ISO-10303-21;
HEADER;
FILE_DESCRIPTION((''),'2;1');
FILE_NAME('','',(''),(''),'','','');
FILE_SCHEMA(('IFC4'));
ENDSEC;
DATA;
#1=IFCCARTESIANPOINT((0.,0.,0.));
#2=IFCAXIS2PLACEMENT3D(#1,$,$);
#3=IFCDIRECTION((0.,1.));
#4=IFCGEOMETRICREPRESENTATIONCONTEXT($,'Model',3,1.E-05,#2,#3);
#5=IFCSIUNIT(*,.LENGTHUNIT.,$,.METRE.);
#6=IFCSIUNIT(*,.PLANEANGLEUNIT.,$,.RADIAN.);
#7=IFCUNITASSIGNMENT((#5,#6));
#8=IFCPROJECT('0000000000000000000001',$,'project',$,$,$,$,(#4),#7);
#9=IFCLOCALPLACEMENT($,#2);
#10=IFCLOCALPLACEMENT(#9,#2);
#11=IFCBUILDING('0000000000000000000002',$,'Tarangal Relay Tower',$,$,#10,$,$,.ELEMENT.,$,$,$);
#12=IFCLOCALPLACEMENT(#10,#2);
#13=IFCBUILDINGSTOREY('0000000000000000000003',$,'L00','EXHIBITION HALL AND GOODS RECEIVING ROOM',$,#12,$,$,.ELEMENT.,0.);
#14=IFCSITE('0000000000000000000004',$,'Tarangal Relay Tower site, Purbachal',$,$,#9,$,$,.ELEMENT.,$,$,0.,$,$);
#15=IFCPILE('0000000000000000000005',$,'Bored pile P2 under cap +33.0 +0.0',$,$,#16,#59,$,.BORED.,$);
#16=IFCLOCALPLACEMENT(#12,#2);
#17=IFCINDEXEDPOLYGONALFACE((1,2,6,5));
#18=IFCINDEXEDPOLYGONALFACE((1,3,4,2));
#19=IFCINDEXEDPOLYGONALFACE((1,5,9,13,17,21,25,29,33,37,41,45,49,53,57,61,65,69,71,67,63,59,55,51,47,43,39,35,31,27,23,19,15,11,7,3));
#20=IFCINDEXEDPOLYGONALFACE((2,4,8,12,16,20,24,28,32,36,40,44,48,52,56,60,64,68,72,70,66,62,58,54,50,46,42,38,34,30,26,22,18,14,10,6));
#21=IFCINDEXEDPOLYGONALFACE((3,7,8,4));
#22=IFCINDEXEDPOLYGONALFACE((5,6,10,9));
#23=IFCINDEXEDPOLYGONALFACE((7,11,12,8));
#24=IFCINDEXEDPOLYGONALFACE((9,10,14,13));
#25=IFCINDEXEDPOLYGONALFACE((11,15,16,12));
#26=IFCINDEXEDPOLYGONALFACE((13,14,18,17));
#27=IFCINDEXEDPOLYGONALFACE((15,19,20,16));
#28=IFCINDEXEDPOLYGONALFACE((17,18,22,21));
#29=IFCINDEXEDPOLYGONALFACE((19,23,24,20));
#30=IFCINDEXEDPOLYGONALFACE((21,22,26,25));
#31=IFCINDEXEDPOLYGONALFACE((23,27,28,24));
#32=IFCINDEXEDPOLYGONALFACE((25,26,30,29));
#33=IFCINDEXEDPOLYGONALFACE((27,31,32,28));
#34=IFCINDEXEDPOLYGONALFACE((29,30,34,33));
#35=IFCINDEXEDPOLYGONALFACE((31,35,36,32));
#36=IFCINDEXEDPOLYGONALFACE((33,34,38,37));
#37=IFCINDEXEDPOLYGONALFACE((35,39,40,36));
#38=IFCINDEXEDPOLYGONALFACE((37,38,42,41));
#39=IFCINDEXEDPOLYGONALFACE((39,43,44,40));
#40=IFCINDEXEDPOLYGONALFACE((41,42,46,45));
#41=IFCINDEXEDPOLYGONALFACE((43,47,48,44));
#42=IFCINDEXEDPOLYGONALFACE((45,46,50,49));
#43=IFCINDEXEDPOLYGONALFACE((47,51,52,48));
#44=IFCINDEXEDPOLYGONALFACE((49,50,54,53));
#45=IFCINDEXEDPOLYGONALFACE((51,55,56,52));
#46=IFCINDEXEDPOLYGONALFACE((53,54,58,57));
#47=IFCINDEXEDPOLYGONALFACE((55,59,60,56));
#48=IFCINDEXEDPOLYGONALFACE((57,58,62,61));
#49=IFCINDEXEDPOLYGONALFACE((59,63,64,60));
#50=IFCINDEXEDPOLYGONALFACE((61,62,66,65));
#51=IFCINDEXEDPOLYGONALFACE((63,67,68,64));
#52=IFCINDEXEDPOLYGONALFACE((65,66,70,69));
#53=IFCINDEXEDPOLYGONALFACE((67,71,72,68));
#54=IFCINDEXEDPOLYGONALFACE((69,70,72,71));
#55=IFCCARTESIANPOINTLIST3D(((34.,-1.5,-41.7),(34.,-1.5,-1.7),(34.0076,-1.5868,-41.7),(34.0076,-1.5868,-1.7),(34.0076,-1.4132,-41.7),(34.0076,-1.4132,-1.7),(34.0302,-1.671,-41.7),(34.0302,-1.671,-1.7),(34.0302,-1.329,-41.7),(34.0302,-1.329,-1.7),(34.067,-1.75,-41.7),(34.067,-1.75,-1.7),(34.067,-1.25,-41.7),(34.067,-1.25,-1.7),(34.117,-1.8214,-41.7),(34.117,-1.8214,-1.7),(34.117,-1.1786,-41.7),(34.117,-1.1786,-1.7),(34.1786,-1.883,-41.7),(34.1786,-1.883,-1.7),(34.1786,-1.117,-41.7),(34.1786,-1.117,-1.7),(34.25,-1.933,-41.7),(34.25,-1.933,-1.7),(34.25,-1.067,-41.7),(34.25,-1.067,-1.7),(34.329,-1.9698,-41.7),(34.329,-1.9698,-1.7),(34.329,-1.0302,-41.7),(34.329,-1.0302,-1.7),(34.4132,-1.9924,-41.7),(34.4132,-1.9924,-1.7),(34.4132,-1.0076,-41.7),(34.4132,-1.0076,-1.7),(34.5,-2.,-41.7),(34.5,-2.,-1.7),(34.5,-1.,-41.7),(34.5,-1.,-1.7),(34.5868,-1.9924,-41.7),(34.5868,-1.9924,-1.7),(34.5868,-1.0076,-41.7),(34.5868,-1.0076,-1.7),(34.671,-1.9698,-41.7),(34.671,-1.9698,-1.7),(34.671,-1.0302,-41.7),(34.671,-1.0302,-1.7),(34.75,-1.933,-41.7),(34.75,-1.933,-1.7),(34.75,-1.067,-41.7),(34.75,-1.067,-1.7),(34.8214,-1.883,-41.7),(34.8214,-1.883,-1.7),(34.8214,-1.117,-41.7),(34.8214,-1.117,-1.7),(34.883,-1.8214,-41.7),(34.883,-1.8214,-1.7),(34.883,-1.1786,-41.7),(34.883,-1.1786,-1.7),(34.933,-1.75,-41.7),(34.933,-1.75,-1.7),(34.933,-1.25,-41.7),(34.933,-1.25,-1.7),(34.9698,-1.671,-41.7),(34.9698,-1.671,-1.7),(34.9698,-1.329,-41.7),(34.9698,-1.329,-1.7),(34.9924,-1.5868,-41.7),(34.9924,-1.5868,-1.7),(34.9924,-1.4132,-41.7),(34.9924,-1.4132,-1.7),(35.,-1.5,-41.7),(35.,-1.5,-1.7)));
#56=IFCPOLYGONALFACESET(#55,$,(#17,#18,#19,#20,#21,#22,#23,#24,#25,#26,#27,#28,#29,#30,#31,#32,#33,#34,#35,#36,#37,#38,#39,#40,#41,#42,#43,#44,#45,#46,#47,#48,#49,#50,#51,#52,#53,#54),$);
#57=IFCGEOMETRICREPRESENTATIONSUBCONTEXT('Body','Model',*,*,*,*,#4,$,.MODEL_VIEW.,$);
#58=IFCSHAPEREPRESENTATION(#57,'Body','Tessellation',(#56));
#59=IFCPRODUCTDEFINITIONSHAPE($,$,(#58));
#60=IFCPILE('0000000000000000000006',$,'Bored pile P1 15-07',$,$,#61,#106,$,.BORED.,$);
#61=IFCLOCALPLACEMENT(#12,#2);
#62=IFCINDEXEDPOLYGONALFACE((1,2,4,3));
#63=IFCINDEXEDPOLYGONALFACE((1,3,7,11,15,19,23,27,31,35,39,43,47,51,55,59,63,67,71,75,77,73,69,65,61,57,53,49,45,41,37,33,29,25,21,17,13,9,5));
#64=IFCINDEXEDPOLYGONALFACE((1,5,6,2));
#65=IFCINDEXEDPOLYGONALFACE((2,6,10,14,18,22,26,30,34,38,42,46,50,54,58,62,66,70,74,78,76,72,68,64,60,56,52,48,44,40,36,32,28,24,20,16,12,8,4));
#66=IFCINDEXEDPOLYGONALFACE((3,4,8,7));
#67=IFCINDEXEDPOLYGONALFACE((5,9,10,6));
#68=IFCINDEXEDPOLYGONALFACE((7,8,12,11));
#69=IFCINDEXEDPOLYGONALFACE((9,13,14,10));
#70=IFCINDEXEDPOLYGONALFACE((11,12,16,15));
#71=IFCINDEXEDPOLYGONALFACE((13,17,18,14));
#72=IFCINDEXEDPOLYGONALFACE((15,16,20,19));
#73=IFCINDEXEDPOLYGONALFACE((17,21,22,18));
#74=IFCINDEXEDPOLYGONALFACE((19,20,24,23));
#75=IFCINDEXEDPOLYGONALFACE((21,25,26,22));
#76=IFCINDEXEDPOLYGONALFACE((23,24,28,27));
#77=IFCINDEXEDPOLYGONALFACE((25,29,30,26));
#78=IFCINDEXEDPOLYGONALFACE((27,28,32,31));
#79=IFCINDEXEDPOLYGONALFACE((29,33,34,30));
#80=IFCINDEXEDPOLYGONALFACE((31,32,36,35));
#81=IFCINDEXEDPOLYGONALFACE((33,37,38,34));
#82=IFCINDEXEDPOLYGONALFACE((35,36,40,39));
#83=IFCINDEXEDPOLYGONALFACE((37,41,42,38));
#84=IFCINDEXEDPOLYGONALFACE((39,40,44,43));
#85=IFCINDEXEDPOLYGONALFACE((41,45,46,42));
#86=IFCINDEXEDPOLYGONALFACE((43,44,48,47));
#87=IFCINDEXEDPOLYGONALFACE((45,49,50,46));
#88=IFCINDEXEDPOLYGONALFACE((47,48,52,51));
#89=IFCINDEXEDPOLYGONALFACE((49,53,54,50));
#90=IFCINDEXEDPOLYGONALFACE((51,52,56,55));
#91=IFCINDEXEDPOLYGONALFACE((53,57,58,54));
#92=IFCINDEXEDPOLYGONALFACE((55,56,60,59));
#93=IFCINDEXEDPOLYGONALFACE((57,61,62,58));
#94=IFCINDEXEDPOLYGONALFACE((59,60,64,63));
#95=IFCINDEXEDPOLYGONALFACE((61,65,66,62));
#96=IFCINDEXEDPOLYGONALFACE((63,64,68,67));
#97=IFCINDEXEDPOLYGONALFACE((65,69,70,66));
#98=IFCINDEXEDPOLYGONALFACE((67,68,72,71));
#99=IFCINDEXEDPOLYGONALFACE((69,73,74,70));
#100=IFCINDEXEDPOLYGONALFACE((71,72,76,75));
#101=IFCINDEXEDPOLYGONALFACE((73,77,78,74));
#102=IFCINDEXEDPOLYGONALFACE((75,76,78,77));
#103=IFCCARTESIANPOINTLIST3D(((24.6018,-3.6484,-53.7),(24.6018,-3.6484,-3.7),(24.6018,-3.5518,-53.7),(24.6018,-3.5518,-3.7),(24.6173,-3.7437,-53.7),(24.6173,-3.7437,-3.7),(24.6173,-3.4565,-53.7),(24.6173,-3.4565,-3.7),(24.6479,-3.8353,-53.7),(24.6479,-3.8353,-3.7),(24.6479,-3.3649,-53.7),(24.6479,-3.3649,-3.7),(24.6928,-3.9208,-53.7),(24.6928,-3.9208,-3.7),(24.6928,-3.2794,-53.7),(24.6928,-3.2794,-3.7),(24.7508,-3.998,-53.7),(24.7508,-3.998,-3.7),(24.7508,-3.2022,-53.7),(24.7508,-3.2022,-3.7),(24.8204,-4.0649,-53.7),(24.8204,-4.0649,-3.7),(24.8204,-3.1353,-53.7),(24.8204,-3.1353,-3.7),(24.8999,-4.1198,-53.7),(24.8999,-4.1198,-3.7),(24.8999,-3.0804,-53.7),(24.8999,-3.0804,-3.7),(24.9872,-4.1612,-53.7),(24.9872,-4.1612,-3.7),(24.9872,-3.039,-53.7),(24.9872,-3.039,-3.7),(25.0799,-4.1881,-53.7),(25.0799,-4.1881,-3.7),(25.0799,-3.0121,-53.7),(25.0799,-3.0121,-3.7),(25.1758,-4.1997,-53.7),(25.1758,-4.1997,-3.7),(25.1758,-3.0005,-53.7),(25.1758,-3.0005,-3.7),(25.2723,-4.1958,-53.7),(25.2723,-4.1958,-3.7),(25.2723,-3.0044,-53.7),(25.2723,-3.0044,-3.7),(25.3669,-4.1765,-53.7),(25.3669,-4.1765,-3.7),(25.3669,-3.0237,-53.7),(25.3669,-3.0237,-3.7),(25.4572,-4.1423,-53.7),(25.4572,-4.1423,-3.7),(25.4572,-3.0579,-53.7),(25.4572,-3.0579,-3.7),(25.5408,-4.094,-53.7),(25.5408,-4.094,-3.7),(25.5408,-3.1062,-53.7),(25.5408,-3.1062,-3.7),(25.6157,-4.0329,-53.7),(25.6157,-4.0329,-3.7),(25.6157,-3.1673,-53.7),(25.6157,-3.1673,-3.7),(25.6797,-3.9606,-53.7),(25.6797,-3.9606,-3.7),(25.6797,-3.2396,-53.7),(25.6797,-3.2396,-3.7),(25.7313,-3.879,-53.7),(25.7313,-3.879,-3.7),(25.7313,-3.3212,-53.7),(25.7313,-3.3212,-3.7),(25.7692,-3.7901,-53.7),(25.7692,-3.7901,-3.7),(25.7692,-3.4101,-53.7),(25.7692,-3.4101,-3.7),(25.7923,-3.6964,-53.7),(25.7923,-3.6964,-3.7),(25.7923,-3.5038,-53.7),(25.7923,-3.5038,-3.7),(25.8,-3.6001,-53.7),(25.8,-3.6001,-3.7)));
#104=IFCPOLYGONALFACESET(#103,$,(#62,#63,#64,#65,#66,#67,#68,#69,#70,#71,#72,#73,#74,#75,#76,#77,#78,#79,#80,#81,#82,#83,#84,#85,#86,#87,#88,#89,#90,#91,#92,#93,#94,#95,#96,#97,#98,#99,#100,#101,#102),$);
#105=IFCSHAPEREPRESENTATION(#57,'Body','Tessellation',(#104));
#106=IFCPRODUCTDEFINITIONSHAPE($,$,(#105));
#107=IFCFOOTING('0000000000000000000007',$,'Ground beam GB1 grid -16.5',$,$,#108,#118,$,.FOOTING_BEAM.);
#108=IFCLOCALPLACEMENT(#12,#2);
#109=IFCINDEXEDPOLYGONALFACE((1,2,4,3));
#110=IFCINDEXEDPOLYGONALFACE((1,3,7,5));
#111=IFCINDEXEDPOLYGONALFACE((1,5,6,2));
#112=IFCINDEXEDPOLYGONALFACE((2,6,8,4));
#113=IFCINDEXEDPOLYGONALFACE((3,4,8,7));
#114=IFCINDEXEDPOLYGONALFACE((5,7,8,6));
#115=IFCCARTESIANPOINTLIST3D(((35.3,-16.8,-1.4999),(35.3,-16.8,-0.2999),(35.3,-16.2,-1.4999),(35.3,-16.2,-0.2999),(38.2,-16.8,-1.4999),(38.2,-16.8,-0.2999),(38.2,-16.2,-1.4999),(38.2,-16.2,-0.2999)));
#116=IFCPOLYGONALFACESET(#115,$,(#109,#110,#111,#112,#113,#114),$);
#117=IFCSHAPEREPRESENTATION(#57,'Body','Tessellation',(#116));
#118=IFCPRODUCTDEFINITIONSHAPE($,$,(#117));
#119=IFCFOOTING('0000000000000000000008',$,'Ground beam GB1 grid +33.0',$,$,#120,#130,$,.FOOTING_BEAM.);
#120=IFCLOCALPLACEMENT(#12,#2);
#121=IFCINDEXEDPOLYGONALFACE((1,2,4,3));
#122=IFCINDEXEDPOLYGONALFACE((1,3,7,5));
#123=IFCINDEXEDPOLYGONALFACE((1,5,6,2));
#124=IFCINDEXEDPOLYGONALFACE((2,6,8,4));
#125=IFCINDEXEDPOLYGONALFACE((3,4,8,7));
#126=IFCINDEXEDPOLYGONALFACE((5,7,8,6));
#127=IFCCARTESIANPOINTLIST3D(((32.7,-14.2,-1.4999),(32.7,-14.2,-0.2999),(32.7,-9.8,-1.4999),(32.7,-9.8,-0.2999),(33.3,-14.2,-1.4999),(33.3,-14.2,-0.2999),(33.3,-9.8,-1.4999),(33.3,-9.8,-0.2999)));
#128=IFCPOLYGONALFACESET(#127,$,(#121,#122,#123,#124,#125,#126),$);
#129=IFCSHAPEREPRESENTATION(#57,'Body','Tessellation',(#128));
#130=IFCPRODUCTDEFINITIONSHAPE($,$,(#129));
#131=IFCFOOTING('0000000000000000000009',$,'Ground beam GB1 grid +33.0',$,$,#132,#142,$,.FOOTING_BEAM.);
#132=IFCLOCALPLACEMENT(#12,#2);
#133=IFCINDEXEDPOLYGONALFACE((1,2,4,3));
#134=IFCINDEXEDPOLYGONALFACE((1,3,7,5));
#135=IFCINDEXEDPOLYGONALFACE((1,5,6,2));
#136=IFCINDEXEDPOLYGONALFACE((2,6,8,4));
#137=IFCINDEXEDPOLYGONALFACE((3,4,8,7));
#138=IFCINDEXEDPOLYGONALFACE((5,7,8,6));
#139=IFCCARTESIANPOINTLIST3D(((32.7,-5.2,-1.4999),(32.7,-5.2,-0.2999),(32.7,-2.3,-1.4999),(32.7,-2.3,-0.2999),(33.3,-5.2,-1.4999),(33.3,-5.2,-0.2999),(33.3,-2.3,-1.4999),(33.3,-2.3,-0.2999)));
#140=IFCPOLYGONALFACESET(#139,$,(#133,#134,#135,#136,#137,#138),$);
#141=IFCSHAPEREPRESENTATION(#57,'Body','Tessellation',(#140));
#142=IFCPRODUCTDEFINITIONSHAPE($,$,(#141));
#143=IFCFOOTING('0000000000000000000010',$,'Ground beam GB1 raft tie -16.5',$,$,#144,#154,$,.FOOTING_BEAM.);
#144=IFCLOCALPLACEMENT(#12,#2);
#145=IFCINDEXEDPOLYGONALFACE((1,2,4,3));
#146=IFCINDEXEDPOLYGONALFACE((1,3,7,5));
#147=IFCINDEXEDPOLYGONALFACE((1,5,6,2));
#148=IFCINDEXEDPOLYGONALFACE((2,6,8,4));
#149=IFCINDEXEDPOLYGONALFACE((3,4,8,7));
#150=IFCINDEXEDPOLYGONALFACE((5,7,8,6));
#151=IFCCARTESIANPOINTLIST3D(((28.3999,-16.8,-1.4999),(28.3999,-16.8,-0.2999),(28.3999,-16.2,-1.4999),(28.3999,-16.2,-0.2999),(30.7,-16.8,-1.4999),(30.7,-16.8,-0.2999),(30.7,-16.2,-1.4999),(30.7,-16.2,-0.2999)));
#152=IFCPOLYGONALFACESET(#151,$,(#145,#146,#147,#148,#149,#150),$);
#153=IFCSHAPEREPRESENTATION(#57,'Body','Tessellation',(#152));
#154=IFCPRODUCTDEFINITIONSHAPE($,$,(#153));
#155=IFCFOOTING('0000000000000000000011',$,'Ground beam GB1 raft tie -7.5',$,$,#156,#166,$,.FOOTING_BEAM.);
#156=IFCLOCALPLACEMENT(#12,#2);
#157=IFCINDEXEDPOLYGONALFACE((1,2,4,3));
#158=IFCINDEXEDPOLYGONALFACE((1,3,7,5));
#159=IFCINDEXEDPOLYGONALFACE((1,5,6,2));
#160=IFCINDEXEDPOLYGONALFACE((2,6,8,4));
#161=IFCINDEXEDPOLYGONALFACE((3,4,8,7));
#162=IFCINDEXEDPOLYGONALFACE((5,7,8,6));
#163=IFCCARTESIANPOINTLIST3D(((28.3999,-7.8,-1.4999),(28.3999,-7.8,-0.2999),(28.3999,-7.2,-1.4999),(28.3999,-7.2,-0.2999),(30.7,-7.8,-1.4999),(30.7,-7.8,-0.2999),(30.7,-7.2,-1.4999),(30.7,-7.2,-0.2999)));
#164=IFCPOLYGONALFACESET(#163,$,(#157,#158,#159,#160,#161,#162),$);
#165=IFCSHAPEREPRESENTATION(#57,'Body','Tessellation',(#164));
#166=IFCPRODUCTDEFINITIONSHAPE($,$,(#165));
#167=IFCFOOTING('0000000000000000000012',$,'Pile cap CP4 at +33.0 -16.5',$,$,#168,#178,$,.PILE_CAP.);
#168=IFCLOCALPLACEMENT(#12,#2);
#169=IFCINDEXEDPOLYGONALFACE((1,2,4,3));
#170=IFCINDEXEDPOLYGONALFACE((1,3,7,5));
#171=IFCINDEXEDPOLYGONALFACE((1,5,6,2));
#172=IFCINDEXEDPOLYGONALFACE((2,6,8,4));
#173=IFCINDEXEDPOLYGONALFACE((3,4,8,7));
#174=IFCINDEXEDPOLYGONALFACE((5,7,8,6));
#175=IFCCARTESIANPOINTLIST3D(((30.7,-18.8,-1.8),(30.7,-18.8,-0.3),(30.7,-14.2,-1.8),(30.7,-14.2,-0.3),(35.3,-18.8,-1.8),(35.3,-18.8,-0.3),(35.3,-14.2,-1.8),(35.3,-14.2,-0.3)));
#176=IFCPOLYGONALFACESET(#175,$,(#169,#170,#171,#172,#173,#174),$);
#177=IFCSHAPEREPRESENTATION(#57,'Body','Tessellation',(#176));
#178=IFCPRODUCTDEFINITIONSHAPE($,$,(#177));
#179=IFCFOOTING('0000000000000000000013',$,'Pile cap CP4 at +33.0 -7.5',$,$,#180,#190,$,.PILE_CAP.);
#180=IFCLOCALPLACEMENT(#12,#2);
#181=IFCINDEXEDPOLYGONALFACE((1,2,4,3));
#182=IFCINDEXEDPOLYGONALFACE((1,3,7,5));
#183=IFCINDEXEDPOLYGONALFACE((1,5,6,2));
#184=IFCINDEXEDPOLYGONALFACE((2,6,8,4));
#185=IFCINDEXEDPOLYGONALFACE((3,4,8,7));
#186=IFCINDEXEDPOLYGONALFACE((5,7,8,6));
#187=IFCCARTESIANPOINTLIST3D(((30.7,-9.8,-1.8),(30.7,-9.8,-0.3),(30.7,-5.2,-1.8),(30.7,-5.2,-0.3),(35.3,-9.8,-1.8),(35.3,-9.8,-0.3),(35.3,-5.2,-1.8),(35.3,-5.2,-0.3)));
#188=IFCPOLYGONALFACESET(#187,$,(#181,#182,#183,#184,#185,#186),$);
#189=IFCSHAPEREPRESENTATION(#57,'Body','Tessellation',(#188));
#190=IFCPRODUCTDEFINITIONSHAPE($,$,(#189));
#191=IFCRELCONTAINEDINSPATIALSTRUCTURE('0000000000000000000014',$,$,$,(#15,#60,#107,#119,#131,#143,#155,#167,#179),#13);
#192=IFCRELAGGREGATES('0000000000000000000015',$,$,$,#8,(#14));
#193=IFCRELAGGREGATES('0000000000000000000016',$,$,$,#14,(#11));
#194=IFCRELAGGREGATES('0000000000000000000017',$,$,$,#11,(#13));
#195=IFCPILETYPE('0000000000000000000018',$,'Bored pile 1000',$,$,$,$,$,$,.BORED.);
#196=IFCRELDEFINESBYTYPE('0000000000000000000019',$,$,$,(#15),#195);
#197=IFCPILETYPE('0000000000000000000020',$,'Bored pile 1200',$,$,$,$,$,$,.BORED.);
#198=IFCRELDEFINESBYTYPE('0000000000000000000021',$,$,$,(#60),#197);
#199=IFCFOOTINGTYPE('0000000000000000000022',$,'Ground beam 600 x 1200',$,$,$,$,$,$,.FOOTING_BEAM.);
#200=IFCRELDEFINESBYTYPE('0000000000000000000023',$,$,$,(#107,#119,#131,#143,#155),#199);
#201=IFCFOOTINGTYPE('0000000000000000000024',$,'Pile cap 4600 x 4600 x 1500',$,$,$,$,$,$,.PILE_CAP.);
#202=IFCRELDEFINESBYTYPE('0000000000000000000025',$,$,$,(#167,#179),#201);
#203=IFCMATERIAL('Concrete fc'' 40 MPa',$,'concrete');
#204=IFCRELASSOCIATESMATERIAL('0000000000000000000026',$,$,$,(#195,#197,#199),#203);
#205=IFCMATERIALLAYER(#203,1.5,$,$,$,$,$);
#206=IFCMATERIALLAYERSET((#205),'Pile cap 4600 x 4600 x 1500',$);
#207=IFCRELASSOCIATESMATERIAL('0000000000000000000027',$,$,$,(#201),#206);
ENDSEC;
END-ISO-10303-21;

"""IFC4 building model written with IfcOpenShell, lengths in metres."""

from ifc_helpers import new_model, si_unit, direction, frame, origin, origin_2d, place, context, subcontext, project, spatial, rectangle, circle, extrude, material, layer, layer_set, material_profile, profile_set, type_object, element, save


model = new_model("IFC4")

# Units and contexts
model_context = context("Model", 3, precision=1e-05, world=origin(), true_north=direction((0.0, 1.0)))
body_context = subcontext(model_context, "Body", "Model", "MODEL_VIEW")
ifc_project = project(units=[si_unit("LENGTHUNIT", "METRE"), si_unit("PLANEANGLEUNIT", "RADIAN")], contexts=[model_context])

# Site, building, storey
site_placement = place(None, origin())
site = spatial("IfcSite", under=ifc_project, at=site_placement, Name="Tarangal Relay Tower site, Purbachal", CompositionType="ELEMENT", RefElevation=0.0)
building_placement = place(site_placement, origin())
building = spatial("IfcBuilding", under=site, at=building_placement, Name="Tarangal Relay Tower", CompositionType="ELEMENT")
storey_placement = place(building_placement, origin())
storey = spatial("IfcBuildingStorey", under=building, at=storey_placement, Name="L00", Description="EXHIBITION HALL AND GOODS RECEIVING ROOM", CompositionType="ELEMENT", Elevation=0.0)

# Piles
ifc_material_1 = material(Name="Concrete fc' 40 MPa", Category="concrete")
ifc_material_profile_1 = material_profile(ifc_material_1, circle(Radius=0.5, at=origin_2d()), Name="D1000")
ifc_profile_set_1 = profile_set([ifc_material_profile_1], Name="Concrete fc' 40 MPa")
pile_type_1 = type_object("IfcPileType", Name="Bored pile 1000", PredefinedType="BORED", material=ifc_profile_set_1)
for number, where, z_axis, x_axis, name in (
    (1, (34.5, -1.5, -1.7), (0.0, 0.0, -1.0), (1.0, 0.0, 0.0), "Bored pile P2 under cap +33.0 +0.0"),
):
    element("IfcPile", number, at=place(storey_placement, frame(where, z_axis=z_axis, x_axis=x_axis)), inside=storey, type_object=pile_type_1, Name=name, PredefinedType="BORED", context=body_context, shape_type="SweptSolid", body=[
        extrude(circle(Radius=0.5, at=origin_2d()), origin(), (0.0, 0.0, 1.0), 40.0),
    ])
ifc_material_profile_2 = material_profile(ifc_material_1, circle(Radius=0.6001, at=origin_2d()), Name="D1200")
ifc_profile_set_2 = profile_set([ifc_material_profile_2], Name="Concrete fc' 40 MPa")
pile_type_2 = type_object("IfcPileType", Name="Bored pile 1200", PredefinedType="BORED", material=ifc_profile_set_2)
pile_placement = place(storey_placement, frame((25.2, -3.6001, -3.7), z_axis=(0.0, 0.0, -1.0), x_axis=(1.0, 0.0, 0.0)))
element("IfcPile", 2, at=pile_placement, inside=storey, type_object=pile_type_2, Name="Bored pile P1 15-07", PredefinedType="BORED", context=body_context, shape_type="SweptSolid", body=[
    extrude(circle(Radius=0.6001, at=origin_2d()), origin(), (0.0, 0.0, 1.0), 50.0),
])

# Footings
ifc_material_profile_3 = material_profile(ifc_material_1, rectangle(XDim=0.6001, YDim=1.2, at=origin_2d()), Name="GB 600X1200")
ifc_profile_set_3 = profile_set([ifc_material_profile_3], Name="Concrete fc' 40 MPa")
footing_type_1 = type_object("IfcFootingType", Name="Ground beam 600 x 1200", PredefinedType="FOOTING_BEAM", material=ifc_profile_set_3)
footing_1_placement = place(storey_placement, frame((35.3, -16.5, -0.8999), z_axis=(1.0, 0.0, 0.0), x_axis=(0.0, 1.0, 0.0)))
element("IfcFooting", 3, at=footing_1_placement, inside=storey, type_object=footing_type_1, Name="Ground beam GB1 grid -16.5", PredefinedType="FOOTING_BEAM", context=body_context, shape_type="SweptSolid", body=[
    extrude(rectangle(XDim=0.6001, YDim=1.2, at=origin_2d()), origin(), (0.0, 0.0, 1.0), 2.8999),
])
footing_2_placement = place(storey_placement, frame((33.0, -14.2, -0.8999), z_axis=(0.0, 1.0, 0.0), x_axis=(-1.0, 0.0, 0.0)))
element("IfcFooting", 4, at=footing_2_placement, inside=storey, type_object=footing_type_1, Name="Ground beam GB1 grid +33.0", PredefinedType="FOOTING_BEAM", context=body_context, shape_type="SweptSolid", body=[
    extrude(rectangle(XDim=0.6001, YDim=1.2, at=origin_2d()), origin(), (0.0, 0.0, 1.0), 4.3999),
])
footing_3_placement = place(storey_placement, frame((33.0, -5.2, -0.8999), z_axis=(0.0, 1.0, 0.0), x_axis=(-1.0, 0.0, 0.0)))
element("IfcFooting", 5, at=footing_3_placement, inside=storey, type_object=footing_type_1, Name="Ground beam GB1 grid +33.0", PredefinedType="FOOTING_BEAM", context=body_context, shape_type="SweptSolid", body=[
    extrude(rectangle(XDim=0.6001, YDim=1.2, at=origin_2d()), origin(), (0.0, 0.0, 1.0), 2.8999),
])
for number, where, z_axis, x_axis, name in (
    (6, (28.3999, -16.5, -0.8999), (1.0, 0.0, 0.0), (0.0, 1.0, 0.0), "Ground beam GB1 raft tie -16.5"),
    (7, (28.3999, -7.5, -0.8999), (1.0, 0.0, 0.0), (0.0, 1.0, 0.0), "Ground beam GB1 raft tie -7.5"),
):
    element("IfcFooting", number, at=place(storey_placement, frame(where, z_axis=z_axis, x_axis=x_axis)), inside=storey, type_object=footing_type_1, Name=name, PredefinedType="FOOTING_BEAM", context=body_context, shape_type="SweptSolid", body=[
        extrude(rectangle(XDim=0.6001, YDim=1.2, at=origin_2d()), origin(), (0.0, 0.0, 1.0), 2.3),
    ])
ifc_layer_1 = layer(ifc_material_1, 1.5)
ifc_layer_set_1 = layer_set([ifc_layer_1], Name="Pile cap 4600 x 4600 x 1500")
footing_type_2 = type_object("IfcFootingType", Name="Pile cap 4600 x 4600 x 1500", PredefinedType="PILE_CAP", material=ifc_layer_set_1)
for number, where, z_axis, x_axis, name in (
    (8, (33.0, -16.5, -1.8), (0.0, 0.0, 1.0), (1.0, 0.0, 0.0), "Pile cap CP4 at +33.0 -16.5"),
    (9, (33.0, -7.5, -1.8), (0.0, 0.0, 1.0), (1.0, 0.0, 0.0), "Pile cap CP4 at +33.0 -7.5"),
):
    element("IfcFooting", number, at=place(storey_placement, frame(where, z_axis=z_axis, x_axis=x_axis)), inside=storey, type_object=footing_type_2, Name=name, PredefinedType="PILE_CAP", context=body_context, shape_type="SweptSolid", body=[
        extrude(rectangle(XDim=4.6001, YDim=4.6001, at=origin_2d()), origin(), (0.0, 0.0, 1.0), 1.5),
    ])

save(model, "model.ifc")
